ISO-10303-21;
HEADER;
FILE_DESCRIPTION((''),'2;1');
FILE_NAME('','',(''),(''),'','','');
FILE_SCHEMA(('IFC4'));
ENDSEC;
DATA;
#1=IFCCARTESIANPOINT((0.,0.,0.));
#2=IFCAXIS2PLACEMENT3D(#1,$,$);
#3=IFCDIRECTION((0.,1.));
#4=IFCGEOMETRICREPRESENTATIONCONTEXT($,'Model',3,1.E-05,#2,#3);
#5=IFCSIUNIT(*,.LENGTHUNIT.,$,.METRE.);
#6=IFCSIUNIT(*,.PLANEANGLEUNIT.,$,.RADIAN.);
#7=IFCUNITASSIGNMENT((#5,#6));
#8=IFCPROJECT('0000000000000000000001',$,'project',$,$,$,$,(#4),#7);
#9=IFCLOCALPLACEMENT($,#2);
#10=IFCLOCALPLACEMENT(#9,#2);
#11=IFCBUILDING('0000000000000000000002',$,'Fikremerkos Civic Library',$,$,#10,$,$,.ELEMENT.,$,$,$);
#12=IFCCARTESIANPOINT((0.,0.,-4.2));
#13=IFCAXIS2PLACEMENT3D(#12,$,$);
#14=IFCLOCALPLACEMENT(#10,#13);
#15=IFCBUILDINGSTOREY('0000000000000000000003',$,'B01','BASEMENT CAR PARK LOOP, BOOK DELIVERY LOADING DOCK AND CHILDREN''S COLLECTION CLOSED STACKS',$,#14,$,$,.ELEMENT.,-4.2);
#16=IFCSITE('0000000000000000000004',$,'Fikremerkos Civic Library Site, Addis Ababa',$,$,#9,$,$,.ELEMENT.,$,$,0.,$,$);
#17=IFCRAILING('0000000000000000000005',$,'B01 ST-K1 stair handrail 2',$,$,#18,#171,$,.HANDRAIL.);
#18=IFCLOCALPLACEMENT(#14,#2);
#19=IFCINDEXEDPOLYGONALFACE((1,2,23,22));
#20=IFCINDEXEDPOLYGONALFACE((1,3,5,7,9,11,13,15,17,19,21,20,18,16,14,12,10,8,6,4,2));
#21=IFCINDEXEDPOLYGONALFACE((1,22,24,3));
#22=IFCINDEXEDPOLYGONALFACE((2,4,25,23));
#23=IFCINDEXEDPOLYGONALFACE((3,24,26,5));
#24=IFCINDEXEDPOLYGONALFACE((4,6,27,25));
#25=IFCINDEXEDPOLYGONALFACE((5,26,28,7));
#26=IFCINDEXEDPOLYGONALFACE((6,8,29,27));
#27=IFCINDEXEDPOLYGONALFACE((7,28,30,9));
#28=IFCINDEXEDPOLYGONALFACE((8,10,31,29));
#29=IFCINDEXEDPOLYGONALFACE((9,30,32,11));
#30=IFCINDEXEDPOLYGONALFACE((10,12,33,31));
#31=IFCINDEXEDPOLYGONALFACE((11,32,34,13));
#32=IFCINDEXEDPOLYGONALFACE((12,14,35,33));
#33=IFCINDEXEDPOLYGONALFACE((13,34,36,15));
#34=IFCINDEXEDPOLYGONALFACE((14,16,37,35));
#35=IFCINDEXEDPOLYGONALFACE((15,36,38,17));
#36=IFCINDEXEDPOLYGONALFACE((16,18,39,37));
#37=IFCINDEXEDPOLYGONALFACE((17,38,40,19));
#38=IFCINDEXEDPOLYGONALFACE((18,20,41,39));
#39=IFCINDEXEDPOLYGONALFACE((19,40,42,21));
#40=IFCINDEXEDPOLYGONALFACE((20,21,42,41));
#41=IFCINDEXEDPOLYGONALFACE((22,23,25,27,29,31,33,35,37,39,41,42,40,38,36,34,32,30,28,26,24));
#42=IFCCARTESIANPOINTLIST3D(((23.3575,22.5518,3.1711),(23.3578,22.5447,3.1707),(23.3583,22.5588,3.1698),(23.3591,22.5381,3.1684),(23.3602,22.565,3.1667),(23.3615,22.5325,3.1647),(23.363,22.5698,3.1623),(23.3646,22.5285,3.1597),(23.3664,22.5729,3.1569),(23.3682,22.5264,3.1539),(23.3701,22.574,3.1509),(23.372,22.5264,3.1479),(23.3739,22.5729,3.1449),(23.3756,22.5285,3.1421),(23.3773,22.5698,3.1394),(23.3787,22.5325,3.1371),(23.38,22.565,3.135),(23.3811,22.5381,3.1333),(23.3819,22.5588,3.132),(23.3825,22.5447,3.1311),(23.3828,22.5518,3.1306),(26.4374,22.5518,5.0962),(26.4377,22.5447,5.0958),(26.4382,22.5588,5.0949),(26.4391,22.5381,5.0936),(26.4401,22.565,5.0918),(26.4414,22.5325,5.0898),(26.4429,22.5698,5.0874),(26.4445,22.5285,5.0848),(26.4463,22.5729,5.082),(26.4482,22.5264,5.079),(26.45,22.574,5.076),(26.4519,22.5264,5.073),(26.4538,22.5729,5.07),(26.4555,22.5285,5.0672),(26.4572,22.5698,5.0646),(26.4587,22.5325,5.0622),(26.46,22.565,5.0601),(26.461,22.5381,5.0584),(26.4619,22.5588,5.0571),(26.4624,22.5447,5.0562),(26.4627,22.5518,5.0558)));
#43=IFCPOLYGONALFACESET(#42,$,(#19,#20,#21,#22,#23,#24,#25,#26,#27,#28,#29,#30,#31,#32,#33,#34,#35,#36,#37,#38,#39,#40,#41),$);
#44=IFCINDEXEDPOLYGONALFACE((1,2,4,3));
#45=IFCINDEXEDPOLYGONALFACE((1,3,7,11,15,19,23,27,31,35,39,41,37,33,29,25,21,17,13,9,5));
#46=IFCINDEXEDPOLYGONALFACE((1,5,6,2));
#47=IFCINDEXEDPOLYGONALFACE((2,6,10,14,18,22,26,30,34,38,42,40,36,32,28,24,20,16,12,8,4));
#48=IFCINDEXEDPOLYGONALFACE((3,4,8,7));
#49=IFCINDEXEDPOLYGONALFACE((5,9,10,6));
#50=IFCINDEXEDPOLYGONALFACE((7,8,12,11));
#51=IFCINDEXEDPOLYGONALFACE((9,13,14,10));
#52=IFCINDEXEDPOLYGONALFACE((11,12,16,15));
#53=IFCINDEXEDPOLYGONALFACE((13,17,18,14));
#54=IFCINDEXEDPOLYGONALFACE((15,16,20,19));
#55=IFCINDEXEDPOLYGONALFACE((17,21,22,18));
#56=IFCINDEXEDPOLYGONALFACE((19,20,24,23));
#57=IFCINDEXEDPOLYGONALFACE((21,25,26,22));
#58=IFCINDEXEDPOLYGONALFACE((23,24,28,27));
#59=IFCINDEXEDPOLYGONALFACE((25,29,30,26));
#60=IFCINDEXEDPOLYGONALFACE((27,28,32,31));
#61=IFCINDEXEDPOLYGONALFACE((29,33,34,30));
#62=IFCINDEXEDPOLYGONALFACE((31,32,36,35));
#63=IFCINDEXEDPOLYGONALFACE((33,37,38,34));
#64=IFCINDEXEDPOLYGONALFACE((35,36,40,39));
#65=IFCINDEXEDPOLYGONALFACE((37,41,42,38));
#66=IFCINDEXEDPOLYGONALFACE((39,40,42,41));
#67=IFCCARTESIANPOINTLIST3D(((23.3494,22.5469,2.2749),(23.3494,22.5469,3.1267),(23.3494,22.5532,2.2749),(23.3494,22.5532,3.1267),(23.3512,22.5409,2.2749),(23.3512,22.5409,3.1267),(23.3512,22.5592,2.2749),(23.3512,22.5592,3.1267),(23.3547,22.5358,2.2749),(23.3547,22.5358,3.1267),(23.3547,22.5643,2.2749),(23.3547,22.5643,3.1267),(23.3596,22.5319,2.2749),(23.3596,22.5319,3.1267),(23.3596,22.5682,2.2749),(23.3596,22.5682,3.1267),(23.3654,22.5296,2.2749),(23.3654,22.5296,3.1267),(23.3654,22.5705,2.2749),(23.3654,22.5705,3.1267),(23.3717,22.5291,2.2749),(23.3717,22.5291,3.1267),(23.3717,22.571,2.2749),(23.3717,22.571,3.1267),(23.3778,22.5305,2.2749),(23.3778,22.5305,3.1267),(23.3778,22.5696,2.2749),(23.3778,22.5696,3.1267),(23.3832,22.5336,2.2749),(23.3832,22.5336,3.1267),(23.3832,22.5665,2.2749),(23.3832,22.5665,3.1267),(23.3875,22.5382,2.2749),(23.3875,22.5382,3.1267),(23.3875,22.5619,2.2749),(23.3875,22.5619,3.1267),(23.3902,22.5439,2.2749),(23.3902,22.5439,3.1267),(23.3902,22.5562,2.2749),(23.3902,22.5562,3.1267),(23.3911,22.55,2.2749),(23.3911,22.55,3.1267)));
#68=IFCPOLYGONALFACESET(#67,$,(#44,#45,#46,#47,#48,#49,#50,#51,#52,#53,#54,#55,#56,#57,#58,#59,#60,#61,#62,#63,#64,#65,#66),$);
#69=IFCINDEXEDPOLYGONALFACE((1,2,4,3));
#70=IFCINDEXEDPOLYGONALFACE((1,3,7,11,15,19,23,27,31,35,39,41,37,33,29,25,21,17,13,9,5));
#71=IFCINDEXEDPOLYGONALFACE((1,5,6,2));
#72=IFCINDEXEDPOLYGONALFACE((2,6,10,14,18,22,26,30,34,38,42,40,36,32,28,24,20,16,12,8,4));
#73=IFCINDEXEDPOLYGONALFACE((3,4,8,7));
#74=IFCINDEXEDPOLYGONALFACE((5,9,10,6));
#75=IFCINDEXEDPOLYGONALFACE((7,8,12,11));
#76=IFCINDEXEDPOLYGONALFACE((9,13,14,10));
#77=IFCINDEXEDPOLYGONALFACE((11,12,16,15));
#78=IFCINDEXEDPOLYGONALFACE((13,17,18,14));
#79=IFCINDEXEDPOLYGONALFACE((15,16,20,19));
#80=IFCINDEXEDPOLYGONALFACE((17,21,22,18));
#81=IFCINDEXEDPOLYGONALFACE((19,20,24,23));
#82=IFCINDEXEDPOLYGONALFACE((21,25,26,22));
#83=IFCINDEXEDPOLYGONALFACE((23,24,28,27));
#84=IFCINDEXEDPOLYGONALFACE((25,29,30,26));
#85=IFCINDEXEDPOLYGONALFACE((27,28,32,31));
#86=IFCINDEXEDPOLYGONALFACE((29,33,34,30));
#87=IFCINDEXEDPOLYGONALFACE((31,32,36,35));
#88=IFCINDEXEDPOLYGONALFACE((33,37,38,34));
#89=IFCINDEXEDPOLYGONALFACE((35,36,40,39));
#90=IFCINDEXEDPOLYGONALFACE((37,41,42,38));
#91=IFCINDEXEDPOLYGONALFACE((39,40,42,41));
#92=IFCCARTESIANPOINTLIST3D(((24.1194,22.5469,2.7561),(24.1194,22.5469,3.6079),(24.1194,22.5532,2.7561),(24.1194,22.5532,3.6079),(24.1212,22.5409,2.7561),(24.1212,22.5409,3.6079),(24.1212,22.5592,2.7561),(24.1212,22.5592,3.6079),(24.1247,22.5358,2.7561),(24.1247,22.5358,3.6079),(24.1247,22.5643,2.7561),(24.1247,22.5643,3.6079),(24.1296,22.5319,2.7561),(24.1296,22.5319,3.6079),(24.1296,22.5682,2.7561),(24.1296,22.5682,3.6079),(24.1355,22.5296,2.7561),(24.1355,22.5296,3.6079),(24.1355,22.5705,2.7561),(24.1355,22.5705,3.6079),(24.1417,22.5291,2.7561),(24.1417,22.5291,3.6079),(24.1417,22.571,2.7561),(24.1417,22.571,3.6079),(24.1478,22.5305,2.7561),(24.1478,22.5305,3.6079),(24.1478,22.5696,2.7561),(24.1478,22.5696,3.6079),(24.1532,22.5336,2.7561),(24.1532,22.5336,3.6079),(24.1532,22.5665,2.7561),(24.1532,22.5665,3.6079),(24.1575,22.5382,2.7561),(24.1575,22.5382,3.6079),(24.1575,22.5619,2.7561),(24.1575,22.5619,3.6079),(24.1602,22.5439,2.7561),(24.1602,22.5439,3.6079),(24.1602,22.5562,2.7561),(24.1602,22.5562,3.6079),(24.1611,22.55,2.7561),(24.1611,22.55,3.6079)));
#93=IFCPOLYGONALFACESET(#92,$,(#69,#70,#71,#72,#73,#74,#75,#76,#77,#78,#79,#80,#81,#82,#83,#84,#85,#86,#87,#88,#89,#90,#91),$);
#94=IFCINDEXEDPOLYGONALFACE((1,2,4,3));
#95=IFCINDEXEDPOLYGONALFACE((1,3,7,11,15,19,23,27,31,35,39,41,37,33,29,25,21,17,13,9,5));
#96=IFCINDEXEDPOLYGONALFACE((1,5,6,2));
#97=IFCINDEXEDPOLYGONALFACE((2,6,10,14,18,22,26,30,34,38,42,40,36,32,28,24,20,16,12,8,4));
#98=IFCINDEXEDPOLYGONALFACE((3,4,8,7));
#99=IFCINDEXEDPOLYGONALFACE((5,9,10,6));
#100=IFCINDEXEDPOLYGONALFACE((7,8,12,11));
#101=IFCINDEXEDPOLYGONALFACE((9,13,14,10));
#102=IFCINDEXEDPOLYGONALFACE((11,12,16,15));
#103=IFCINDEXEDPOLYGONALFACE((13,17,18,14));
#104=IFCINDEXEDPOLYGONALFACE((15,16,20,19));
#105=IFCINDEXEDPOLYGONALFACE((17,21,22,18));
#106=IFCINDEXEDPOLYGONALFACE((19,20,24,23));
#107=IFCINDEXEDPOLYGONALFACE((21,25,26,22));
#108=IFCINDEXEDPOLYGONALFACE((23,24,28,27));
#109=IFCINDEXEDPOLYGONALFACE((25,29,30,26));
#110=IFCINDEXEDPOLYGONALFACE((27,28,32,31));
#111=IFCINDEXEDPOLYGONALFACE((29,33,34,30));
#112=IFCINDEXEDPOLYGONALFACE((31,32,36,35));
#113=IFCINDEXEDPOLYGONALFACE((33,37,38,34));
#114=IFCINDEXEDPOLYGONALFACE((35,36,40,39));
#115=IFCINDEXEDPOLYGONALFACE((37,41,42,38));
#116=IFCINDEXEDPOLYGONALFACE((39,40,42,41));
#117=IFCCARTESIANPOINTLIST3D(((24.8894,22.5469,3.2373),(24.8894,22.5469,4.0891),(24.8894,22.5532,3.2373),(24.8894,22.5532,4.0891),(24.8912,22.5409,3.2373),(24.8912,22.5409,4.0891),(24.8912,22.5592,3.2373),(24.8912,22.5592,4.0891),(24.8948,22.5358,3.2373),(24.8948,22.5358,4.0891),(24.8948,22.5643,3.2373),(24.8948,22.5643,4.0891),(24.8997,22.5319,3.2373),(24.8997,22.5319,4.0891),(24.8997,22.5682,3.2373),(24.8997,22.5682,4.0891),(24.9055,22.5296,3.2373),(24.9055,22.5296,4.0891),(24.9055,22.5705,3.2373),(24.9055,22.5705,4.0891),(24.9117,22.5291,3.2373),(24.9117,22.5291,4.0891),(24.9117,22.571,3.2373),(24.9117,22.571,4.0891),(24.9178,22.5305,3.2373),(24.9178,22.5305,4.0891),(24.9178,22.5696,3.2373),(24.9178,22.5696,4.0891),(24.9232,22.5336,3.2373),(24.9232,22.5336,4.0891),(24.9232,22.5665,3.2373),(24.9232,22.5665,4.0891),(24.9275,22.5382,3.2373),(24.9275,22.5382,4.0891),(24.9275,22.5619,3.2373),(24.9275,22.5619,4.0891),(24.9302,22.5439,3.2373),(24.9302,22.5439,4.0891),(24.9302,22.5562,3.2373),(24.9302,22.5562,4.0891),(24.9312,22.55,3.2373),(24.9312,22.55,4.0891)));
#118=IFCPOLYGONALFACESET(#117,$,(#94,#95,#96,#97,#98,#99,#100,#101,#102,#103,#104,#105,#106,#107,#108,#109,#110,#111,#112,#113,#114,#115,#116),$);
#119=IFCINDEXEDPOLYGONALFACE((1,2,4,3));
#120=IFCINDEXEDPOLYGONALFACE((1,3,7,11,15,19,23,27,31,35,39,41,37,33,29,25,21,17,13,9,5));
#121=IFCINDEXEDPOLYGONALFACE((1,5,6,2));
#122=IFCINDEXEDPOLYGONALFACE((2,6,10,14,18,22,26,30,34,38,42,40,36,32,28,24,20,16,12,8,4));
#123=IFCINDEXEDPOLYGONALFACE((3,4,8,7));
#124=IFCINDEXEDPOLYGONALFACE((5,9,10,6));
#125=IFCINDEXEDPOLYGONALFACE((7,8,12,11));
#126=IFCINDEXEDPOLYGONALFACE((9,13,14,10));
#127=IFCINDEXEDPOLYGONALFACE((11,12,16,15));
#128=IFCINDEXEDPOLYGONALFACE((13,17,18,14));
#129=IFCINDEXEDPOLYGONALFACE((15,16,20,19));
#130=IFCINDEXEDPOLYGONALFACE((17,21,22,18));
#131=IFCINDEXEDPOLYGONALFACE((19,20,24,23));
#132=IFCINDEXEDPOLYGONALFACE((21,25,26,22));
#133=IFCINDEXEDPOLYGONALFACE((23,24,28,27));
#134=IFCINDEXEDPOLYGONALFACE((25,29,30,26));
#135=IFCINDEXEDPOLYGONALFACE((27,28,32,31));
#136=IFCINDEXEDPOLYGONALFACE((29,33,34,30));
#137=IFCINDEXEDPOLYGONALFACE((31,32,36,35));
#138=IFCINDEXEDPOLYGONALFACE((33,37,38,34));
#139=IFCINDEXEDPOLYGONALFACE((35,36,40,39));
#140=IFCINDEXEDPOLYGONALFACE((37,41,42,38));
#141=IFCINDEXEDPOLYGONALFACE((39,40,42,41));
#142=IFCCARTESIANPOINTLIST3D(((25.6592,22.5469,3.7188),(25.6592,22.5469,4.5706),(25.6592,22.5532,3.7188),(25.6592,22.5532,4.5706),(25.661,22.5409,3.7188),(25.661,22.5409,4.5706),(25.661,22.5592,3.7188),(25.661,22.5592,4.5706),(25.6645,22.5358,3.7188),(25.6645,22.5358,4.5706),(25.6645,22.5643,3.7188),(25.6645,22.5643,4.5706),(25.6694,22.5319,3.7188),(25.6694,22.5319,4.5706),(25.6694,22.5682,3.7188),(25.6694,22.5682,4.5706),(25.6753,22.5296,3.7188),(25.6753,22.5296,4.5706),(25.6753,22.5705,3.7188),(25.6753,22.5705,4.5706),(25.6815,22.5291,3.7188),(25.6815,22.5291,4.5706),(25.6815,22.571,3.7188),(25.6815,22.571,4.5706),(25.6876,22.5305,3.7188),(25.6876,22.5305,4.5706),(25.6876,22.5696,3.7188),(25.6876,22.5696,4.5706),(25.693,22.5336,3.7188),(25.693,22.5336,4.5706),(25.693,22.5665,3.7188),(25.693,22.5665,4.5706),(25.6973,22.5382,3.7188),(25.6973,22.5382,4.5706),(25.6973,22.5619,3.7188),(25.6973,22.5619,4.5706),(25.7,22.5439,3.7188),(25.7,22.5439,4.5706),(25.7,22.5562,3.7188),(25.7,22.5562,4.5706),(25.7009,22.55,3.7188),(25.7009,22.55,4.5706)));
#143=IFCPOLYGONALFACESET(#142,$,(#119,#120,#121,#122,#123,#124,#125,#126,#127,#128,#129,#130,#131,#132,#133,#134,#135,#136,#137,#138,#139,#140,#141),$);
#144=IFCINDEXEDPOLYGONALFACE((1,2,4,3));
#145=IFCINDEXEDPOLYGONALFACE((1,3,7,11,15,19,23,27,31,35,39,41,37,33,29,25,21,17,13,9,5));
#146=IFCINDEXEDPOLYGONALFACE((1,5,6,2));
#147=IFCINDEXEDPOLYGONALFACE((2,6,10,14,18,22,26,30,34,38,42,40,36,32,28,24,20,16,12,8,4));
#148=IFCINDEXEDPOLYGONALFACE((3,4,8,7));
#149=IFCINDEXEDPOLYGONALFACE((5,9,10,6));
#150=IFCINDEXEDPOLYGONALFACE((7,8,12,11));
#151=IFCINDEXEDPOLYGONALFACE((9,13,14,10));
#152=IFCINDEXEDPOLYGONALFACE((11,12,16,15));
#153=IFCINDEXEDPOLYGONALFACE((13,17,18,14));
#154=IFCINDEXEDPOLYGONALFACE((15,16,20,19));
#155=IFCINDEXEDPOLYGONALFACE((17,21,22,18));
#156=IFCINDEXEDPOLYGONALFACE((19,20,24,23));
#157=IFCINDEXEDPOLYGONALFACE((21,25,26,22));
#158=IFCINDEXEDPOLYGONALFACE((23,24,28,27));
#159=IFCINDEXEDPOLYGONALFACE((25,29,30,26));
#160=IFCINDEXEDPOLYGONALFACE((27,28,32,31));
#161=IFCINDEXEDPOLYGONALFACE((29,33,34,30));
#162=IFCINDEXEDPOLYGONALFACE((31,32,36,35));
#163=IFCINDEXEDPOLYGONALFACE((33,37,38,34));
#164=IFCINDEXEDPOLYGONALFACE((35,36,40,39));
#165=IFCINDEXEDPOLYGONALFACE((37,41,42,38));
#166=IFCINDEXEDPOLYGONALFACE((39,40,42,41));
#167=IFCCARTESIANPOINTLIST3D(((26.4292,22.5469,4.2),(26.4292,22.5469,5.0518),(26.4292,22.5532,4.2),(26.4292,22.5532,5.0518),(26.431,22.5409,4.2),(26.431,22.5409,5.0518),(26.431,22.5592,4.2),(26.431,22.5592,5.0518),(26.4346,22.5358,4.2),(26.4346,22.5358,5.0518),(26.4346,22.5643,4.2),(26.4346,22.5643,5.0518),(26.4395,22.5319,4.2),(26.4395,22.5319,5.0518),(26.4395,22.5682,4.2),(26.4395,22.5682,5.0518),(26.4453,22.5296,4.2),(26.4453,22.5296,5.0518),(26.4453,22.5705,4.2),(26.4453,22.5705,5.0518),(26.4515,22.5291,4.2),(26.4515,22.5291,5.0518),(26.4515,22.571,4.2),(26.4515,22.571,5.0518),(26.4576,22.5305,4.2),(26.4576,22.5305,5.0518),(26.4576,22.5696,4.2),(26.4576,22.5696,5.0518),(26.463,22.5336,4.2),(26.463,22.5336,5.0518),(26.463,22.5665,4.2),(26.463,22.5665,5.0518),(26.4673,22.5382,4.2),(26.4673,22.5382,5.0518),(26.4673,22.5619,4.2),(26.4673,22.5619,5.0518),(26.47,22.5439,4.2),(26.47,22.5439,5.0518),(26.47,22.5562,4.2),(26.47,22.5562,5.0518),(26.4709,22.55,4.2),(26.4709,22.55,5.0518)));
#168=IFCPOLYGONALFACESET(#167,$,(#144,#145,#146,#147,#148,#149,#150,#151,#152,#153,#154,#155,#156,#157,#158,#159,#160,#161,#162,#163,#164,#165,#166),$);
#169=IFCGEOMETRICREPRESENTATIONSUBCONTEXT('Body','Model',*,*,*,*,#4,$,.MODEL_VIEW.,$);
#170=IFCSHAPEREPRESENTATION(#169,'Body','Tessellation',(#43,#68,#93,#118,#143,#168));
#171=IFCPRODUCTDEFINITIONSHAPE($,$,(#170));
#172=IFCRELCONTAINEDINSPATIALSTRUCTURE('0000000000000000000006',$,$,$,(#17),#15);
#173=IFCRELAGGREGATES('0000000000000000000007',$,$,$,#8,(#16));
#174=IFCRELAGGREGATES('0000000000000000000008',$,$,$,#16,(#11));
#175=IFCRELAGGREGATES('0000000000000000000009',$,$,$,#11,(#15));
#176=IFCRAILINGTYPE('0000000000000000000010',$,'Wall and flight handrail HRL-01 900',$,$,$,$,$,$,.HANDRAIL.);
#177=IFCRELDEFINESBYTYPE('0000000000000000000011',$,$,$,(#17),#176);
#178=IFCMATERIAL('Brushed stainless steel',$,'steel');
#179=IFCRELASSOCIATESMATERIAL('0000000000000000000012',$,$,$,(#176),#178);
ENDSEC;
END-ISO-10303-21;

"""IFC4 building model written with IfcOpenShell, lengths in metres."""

from ifc_helpers import new_model, si_unit, direction, frame, origin, origin_2d, place, context, subcontext, project, spatial, circle, extrude, material, type_object, element, save


model = new_model("IFC4")

# Units and contexts
model_context = context("Model", 3, precision=1e-05, world=origin(), true_north=direction((0.0, 1.0)))
body_context = subcontext(model_context, "Body", "Model", "MODEL_VIEW")
ifc_project = project(units=[si_unit("LENGTHUNIT", "METRE"), si_unit("PLANEANGLEUNIT", "RADIAN")], contexts=[model_context])

# Site, building, storey
site_placement = place(None, origin())
site = spatial("IfcSite", under=ifc_project, at=site_placement, Name="Fikremerkos Civic Library Site, Addis Ababa", CompositionType="ELEMENT", RefElevation=0.0)
building_placement = place(site_placement, origin())
building = spatial("IfcBuilding", under=site, at=building_placement, Name="Fikremerkos Civic Library", CompositionType="ELEMENT")
storey_placement = place(building_placement, frame((0.0, 0.0, -4.2)))
storey = spatial("IfcBuildingStorey", under=building, at=storey_placement, Name="B01", Description="BASEMENT CAR PARK LOOP, BOOK DELIVERY LOADING DOCK AND CHILDREN'S COLLECTION CLOSED STACKS", CompositionType="ELEMENT", Elevation=-4.2)

# Shared definitions
ifc_material_1 = material(Name="Brushed stainless steel", Category="steel")

# Railing
railing_type_1 = type_object("IfcRailingType", Name="Wall and flight handrail HRL-01 900", PredefinedType="HANDRAIL", material=ifc_material_1)
railing_1_placement = place(storey_placement, frame((23.3701, 22.55, 2.2749)))
element("IfcRailing", 1, at=railing_1_placement, inside=storey, type_object=railing_type_1, Name="B01 ST-K1 stair handrail 2", PredefinedType="HANDRAIL", context=body_context, shape_type="SweptSolid", body=[
    extrude(circle(Radius=0.0239, at=origin_2d()), frame((0.0, 0.0, 0.876), z_axis=(0.847979, 0.0, 0.530029), x_axis=(0.0, 1.0, 0.0)), (0.0, 0.0, 1.0), 3.6321),
    extrude(circle(Radius=0.021, at=origin_2d()), origin(), (0.0, 0.0, 1.0), 0.8518),
    extrude(circle(Radius=0.021, at=origin_2d()), frame((0.77, 0.0, 0.4812)), (0.0, 0.0, 1.0), 0.8518),
    extrude(circle(Radius=0.021, at=origin_2d()), frame((1.54, 0.0, 0.9624)), (0.0, 0.0, 1.0), 0.8518),
    extrude(circle(Radius=0.021, at=origin_2d()), frame((2.3098, 0.0, 1.4438)), (0.0, 0.0, 1.0), 0.8518),
    extrude(circle(Radius=0.021, at=origin_2d()), frame((3.0798, 0.0, 1.925)), (0.0, 0.0, 1.0), 0.8518),
])

save(model, "model.ifc")
